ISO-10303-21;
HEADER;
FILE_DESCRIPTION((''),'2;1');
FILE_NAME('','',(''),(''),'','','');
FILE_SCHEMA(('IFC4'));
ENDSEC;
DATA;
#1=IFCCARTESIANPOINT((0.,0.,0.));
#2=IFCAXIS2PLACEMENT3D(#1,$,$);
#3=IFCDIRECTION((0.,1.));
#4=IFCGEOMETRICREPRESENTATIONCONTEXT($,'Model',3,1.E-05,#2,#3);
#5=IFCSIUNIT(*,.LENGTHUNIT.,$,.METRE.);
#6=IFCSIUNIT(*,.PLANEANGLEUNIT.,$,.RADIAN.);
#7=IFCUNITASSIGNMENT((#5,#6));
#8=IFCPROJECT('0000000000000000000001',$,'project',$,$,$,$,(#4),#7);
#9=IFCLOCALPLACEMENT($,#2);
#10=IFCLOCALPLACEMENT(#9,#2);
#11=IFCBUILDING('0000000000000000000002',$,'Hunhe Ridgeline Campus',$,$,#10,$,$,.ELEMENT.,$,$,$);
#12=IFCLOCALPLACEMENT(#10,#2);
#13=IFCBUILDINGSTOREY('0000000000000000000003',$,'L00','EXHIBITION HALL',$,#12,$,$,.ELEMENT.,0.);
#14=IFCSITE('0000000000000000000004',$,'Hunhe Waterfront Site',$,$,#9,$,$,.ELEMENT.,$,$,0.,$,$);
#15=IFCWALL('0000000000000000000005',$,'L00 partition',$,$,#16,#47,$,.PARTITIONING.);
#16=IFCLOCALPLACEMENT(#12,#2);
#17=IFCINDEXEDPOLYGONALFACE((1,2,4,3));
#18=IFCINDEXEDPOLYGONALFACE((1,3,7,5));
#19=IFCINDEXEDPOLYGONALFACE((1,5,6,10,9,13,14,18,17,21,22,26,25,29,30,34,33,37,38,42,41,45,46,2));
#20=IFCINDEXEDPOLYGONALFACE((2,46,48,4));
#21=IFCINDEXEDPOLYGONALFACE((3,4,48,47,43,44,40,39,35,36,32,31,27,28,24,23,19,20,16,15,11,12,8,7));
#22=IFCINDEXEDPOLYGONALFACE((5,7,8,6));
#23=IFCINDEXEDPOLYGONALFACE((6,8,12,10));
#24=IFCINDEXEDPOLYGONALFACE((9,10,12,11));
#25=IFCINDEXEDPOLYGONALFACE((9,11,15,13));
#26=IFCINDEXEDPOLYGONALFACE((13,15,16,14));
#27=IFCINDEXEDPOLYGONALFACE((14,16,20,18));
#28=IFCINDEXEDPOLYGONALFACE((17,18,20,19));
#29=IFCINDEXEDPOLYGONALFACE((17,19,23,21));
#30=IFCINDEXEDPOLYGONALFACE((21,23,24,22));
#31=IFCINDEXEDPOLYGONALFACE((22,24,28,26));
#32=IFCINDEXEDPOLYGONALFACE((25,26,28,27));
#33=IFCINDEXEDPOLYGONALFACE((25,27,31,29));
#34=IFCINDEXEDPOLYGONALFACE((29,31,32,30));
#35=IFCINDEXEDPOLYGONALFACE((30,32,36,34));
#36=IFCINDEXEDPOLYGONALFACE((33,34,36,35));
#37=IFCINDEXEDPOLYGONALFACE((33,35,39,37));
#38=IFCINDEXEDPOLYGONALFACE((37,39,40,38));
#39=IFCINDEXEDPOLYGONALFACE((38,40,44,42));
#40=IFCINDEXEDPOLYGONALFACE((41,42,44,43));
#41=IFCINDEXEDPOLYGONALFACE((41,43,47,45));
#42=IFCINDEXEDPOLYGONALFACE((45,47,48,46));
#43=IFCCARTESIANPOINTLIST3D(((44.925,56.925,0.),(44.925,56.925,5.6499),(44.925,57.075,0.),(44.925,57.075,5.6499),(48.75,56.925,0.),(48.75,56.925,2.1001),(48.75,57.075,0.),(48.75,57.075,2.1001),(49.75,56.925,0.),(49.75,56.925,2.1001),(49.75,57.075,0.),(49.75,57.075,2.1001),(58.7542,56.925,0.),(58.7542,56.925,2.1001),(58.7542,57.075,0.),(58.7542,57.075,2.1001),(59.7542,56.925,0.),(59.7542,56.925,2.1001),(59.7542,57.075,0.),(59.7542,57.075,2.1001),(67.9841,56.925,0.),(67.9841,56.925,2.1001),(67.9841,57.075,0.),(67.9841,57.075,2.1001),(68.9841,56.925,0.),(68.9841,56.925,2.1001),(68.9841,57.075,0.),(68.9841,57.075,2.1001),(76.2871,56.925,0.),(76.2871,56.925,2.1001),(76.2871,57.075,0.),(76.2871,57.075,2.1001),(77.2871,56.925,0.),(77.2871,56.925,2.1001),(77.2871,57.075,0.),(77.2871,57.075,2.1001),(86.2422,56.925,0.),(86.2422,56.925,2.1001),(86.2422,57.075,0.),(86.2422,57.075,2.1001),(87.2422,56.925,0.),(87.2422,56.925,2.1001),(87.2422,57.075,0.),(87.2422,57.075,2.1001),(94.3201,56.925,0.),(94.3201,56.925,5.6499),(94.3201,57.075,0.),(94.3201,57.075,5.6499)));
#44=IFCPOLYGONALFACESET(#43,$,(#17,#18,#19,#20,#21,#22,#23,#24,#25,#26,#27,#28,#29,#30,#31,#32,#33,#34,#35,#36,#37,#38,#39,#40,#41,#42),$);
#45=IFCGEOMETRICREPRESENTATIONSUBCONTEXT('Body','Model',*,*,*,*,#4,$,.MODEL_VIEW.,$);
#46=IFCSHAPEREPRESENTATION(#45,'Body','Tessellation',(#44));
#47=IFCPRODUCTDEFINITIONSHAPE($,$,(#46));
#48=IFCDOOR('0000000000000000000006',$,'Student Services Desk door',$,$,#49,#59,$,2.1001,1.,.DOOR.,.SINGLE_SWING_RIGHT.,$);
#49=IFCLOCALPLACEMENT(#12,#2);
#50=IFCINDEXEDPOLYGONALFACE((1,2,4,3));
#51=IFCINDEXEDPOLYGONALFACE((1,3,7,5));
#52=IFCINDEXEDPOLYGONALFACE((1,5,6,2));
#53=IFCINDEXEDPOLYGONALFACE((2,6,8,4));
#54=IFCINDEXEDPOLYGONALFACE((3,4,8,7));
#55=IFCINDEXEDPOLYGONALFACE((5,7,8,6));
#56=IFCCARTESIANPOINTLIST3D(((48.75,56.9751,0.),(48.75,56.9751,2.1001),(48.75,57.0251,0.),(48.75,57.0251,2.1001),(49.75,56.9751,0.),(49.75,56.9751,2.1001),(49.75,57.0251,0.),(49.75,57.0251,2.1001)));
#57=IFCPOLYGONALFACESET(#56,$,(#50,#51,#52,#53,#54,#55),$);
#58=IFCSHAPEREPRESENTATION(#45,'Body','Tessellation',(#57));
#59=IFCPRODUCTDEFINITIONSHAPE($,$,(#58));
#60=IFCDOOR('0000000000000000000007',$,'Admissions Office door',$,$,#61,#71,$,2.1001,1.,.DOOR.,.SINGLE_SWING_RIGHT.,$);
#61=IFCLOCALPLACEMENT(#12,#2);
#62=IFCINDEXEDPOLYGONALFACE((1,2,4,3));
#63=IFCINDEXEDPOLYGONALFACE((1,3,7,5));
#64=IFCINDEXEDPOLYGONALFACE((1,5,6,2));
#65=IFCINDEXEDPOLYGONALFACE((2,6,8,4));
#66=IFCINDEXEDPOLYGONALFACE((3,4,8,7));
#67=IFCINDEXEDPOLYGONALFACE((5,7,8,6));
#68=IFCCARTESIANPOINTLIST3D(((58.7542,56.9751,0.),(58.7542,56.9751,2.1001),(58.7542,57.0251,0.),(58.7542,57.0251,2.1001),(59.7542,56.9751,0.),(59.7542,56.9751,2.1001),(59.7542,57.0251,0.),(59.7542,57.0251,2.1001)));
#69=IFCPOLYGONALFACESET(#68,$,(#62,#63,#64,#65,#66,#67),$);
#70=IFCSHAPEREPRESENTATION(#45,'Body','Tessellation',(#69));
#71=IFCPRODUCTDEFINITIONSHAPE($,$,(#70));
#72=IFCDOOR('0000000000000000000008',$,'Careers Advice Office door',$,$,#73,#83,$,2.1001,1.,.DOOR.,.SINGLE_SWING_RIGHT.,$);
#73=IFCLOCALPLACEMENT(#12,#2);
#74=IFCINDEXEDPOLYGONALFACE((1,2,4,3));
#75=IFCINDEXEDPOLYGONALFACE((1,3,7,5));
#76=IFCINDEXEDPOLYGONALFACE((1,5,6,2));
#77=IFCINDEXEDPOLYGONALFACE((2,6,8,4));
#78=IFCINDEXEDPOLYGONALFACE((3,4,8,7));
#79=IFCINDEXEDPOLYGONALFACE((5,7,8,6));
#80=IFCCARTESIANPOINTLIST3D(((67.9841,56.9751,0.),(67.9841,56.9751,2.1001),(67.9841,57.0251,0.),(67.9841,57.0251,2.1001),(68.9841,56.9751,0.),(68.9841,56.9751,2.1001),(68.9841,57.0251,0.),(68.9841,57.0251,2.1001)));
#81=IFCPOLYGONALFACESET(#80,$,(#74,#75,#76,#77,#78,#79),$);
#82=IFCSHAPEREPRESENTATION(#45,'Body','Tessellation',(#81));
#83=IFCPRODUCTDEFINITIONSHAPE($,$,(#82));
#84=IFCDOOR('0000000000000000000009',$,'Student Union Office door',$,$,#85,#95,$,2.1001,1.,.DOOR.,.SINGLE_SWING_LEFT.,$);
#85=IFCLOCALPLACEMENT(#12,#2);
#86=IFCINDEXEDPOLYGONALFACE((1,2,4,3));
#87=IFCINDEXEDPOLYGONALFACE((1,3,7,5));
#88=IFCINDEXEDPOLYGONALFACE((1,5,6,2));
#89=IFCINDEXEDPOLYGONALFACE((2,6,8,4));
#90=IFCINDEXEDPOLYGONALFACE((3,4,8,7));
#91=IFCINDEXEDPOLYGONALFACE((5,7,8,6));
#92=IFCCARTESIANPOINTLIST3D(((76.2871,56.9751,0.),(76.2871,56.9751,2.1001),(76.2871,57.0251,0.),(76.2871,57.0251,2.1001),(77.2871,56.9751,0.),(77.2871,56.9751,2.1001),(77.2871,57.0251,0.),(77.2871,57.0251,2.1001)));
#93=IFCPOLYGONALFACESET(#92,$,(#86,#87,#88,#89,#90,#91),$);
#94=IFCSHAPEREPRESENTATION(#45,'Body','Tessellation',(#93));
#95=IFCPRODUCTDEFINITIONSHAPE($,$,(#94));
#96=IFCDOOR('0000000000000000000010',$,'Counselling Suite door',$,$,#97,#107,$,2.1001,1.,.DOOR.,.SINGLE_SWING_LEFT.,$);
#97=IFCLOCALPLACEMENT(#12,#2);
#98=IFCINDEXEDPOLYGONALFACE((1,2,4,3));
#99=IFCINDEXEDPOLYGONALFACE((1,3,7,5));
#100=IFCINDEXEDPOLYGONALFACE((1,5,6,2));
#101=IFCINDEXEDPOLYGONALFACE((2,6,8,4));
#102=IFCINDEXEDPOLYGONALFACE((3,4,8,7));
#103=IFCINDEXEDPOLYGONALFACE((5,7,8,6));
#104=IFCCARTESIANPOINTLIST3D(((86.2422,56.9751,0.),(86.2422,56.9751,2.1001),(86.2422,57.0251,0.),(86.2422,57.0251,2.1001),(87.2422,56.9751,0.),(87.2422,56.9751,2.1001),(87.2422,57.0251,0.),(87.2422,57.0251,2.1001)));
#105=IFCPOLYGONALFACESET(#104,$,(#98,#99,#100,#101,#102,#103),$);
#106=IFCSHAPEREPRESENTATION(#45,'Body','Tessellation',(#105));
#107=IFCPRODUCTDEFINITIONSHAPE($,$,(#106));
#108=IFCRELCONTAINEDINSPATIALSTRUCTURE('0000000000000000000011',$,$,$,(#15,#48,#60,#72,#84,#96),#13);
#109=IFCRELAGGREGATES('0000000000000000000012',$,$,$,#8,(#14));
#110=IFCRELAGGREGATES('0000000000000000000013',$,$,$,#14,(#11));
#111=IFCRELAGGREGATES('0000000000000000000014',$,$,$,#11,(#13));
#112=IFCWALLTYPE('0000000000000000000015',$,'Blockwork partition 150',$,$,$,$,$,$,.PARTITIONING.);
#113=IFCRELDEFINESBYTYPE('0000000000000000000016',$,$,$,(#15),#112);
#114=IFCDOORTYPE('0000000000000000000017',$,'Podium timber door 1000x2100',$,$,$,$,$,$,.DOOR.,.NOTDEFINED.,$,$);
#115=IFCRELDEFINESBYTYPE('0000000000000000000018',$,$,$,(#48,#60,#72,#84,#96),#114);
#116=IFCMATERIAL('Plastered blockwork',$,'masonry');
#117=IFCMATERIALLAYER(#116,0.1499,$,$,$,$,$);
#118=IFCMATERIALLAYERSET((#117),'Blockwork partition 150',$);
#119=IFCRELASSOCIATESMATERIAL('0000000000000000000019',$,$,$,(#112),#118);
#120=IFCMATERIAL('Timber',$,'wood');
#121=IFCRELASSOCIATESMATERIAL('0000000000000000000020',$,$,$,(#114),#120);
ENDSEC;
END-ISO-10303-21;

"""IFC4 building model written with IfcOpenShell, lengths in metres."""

from ifc_helpers import new_model, si_unit, direction, frame, frame_2d, origin, place, context, subcontext, project, spatial, rectangle, extrude, material, layer, layer_set, type_object, element, fill, save


model = new_model("IFC4")

# Units and contexts
model_context = context("Model", 3, precision=1e-05, world=origin(), true_north=direction((0.0, 1.0)))
body_context = subcontext(model_context, "Body", "Model", "MODEL_VIEW")
ifc_project = project(units=[si_unit("LENGTHUNIT", "METRE"), si_unit("PLANEANGLEUNIT", "RADIAN")], contexts=[model_context])

# Site, building, storey
site_placement = place(None, origin())
site = spatial("IfcSite", under=ifc_project, at=site_placement, Name="Hunhe Waterfront Site", CompositionType="ELEMENT", RefElevation=0.0)
building_placement = place(site_placement, origin())
building = spatial("IfcBuilding", under=site, at=building_placement, Name="Hunhe Ridgeline Campus", CompositionType="ELEMENT")
storey_placement = place(building_placement, origin())
storey = spatial("IfcBuildingStorey", under=building, at=storey_placement, Name="L00", Description="EXHIBITION HALL", CompositionType="ELEMENT", Elevation=0.0)

# Wall, openings, doors
ifc_material_1 = material(Name="Plastered blockwork", Category="masonry")
ifc_layer_1 = layer(ifc_material_1, 0.1499)
ifc_layer_set_1 = layer_set([ifc_layer_1], Name="Blockwork partition 150")
wall_type = type_object("IfcWallType", Name="Blockwork partition 150", PredefinedType="PARTITIONING", material=ifc_layer_set_1)
wall_placement = place(storey_placement, frame((94.3201, 57.0, 0.0), z_axis=(0.0, 0.0, 1.0), x_axis=(-1.0, 0.0, 0.0)))
wall = element("IfcWall", 1, at=wall_placement, inside=storey, type_object=wall_type, Name="L00 partition", PredefinedType="PARTITIONING", context=body_context, shape_type="SweptSolid", body=[
    extrude(rectangle(XDim=49.395, YDim=0.1499, at=frame_2d((24.6975, 0.0))), origin(), (0.0, 0.0, 1.0), 5.6499),
])
opening_1_placement = place(wall_placement, frame((44.5701, 0.0, 0.0)))
opening_1 = element("IfcOpeningElement", 2, at=opening_1_placement, cuts=wall, PredefinedType="OPENING", context=body_context, shape_type="SweptSolid", body=[
    extrude(rectangle(XDim=1.0, YDim=2.1001, at=frame_2d((0.5, 1.05))), frame((0.0, 0.075, 0.0), z_axis=(0.0, -1.0, 0.0), x_axis=(1.0, 0.0, 0.0)), (0.0, 0.0, 1.0), 0.1499),
])
opening_2_placement = place(wall_placement, frame((34.5659, 0.0, 0.0)))
opening_2 = element("IfcOpeningElement", 3, at=opening_2_placement, cuts=wall, PredefinedType="OPENING", context=body_context, shape_type="SweptSolid", body=[
    extrude(rectangle(XDim=1.0, YDim=2.1001, at=frame_2d((0.5, 1.05))), frame((0.0, 0.075, 0.0), z_axis=(0.0, -1.0, 0.0), x_axis=(1.0, 0.0, 0.0)), (0.0, 0.0, 1.0), 0.1499),
])
opening_3_placement = place(wall_placement, frame((25.3359, 0.0, 0.0)))
opening_3 = element("IfcOpeningElement", 4, at=opening_3_placement, cuts=wall, PredefinedType="OPENING", context=body_context, shape_type="SweptSolid", body=[
    extrude(rectangle(XDim=1.0, YDim=2.1001, at=frame_2d((0.5, 1.05))), frame((0.0, 0.075, 0.0), z_axis=(0.0, -1.0, 0.0), x_axis=(1.0, 0.0, 0.0)), (0.0, 0.0, 1.0), 0.1499),
])
opening_4_placement = place(wall_placement, frame((17.033, 0.0, 0.0)))
opening_4 = element("IfcOpeningElement", 5, at=opening_4_placement, cuts=wall, PredefinedType="OPENING", context=body_context, shape_type="SweptSolid", body=[
    extrude(rectangle(XDim=1.0, YDim=2.1001, at=frame_2d((0.5, 1.05))), frame((0.0, 0.075, 0.0), z_axis=(0.0, -1.0, 0.0), x_axis=(1.0, 0.0, 0.0)), (0.0, 0.0, 1.0), 0.1499),
])
opening_5_placement = place(wall_placement, frame((7.0779, 0.0, 0.0)))
opening_5 = element("IfcOpeningElement", 6, at=opening_5_placement, cuts=wall, PredefinedType="OPENING", context=body_context, shape_type="SweptSolid", body=[
    extrude(rectangle(XDim=1.0, YDim=2.1001, at=frame_2d((0.5, 1.05))), frame((0.0, 0.075, 0.0), z_axis=(0.0, -1.0, 0.0), x_axis=(1.0, 0.0, 0.0)), (0.0, 0.0, 1.0), 0.1499),
])
ifc_material_2 = material(Name="Timber", Category="wood")
door_type = type_object("IfcDoorType", Name="Podium timber door 1000x2100", OperationType="NOTDEFINED", PredefinedType="DOOR", material=ifc_material_2)
door_1_placement = place(opening_1_placement, origin())
door_1 = element("IfcDoor", 7, at=door_1_placement, inside=storey, type_object=door_type, Name="Student Services Desk door", OperationType="SINGLE_SWING_RIGHT", OverallHeight=2.1001, OverallWidth=1.0, PredefinedType="DOOR", context=body_context, shape_type="SweptSolid", body=[
    extrude(rectangle(XDim=1.0, YDim=2.1001, at=frame_2d((0.5, 1.05))), frame((0.0, 0.0249, 0.0), z_axis=(0.0, -1.0, 0.0), x_axis=(1.0, 0.0, 0.0)), (0.0, 0.0, 1.0), 0.05),
])
fill(opening_1, door_1)
door_2_placement = place(opening_2_placement, origin())
door_2 = element("IfcDoor", 8, at=door_2_placement, inside=storey, type_object=door_type, Name="Admissions Office door", OperationType="SINGLE_SWING_RIGHT", OverallHeight=2.1001, OverallWidth=1.0, PredefinedType="DOOR", context=body_context, shape_type="SweptSolid", body=[
    extrude(rectangle(XDim=1.0, YDim=2.1001, at=frame_2d((0.5, 1.05))), frame((0.0, 0.0249, 0.0), z_axis=(0.0, -1.0, 0.0), x_axis=(1.0, 0.0, 0.0)), (0.0, 0.0, 1.0), 0.05),
])
fill(opening_2, door_2)
door_3_placement = place(opening_3_placement, origin())
door_3 = element("IfcDoor", 9, at=door_3_placement, inside=storey, type_object=door_type, Name="Careers Advice Office door", OperationType="SINGLE_SWING_RIGHT", OverallHeight=2.1001, OverallWidth=1.0, PredefinedType="DOOR", context=body_context, shape_type="SweptSolid", body=[
    extrude(rectangle(XDim=1.0, YDim=2.1001, at=frame_2d((0.5, 1.05))), frame((0.0, 0.0249, 0.0), z_axis=(0.0, -1.0, 0.0), x_axis=(1.0, 0.0, 0.0)), (0.0, 0.0, 1.0), 0.05),
])
fill(opening_3, door_3)
door_4_placement = place(opening_4_placement, origin())
door_4 = element("IfcDoor", 10, at=door_4_placement, inside=storey, type_object=door_type, Name="Student Union Office door", OperationType="SINGLE_SWING_LEFT", OverallHeight=2.1001, OverallWidth=1.0, PredefinedType="DOOR", context=body_context, shape_type="SweptSolid", body=[
    extrude(rectangle(XDim=1.0, YDim=2.1001, at=frame_2d((0.5, 1.05))), frame((0.0, 0.0249, 0.0), z_axis=(0.0, -1.0, 0.0), x_axis=(1.0, 0.0, 0.0)), (0.0, 0.0, 1.0), 0.05),
])
fill(opening_4, door_4)
door_5_placement = place(opening_5_placement, origin())
door_5 = element("IfcDoor", 11, at=door_5_placement, inside=storey, type_object=door_type, Name="Counselling Suite door", OperationType="SINGLE_SWING_LEFT", OverallHeight=2.1001, OverallWidth=1.0, PredefinedType="DOOR", context=body_context, shape_type="SweptSolid", body=[
    extrude(rectangle(XDim=1.0, YDim=2.1001, at=frame_2d((0.5, 1.05))), frame((0.0, 0.0249, 0.0), z_axis=(0.0, -1.0, 0.0), x_axis=(1.0, 0.0, 0.0)), (0.0, 0.0, 1.0), 0.05),
])
fill(opening_5, door_5)

save(model, "model.ifc")
